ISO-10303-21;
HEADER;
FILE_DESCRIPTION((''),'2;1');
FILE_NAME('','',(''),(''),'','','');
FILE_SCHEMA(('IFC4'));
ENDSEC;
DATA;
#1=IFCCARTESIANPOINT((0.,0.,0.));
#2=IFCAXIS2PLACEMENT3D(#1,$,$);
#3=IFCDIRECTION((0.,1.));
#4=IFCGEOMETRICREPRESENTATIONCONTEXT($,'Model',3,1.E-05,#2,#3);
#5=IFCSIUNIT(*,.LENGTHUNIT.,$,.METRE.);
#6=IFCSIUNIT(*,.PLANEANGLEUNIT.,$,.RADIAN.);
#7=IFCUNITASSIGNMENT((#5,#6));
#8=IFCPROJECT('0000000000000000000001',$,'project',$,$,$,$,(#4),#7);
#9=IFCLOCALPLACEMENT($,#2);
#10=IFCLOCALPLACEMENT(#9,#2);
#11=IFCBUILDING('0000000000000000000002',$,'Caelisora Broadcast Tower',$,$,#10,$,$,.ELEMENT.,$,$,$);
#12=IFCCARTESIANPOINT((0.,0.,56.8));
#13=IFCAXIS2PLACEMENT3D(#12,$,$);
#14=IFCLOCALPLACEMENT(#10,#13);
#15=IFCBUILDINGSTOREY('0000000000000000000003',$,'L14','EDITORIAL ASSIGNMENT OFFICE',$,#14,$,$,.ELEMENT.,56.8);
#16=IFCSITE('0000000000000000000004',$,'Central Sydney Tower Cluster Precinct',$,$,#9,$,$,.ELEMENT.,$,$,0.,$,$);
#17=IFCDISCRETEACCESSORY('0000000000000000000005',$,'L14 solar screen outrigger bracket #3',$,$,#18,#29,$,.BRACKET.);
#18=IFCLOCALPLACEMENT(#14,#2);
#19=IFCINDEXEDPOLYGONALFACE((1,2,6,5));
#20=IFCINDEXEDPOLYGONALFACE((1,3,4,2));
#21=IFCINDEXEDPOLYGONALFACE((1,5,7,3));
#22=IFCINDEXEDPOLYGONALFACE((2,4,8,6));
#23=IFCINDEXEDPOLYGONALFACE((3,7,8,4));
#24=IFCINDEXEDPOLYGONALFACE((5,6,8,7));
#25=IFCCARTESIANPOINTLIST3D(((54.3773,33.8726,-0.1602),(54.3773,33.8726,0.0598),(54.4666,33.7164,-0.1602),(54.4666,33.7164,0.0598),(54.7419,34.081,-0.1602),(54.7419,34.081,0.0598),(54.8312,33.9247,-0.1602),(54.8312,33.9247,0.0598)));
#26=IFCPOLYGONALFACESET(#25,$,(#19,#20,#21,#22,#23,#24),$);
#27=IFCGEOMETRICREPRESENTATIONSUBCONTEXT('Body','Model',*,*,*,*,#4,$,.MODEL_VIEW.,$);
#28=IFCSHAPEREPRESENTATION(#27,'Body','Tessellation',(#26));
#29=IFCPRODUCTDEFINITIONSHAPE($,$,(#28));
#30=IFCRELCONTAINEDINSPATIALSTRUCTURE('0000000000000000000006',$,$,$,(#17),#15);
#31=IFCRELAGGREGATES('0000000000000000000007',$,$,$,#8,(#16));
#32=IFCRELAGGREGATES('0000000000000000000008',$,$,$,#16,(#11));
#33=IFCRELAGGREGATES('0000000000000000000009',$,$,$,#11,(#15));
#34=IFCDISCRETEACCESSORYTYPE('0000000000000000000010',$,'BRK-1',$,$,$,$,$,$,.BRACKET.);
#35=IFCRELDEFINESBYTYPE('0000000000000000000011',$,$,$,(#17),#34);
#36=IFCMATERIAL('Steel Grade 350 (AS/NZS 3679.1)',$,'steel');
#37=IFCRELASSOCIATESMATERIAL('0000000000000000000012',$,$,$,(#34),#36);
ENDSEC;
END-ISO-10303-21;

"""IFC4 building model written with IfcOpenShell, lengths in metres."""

from ifc_helpers import new_model, si_unit, direction, frame, origin, origin_2d, place, context, subcontext, project, spatial, rectangle, extrude, source, transform, mapped, material, type_object, type_shapes, element, save


model = new_model("IFC4")

# Units and contexts
model_context = context("Model", 3, precision=1e-05, world=origin(), true_north=direction((0.0, 1.0)))
body_context = subcontext(model_context, "Body", "Model", "MODEL_VIEW")
ifc_project = project(units=[si_unit("LENGTHUNIT", "METRE"), si_unit("PLANEANGLEUNIT", "RADIAN")], contexts=[model_context])

# Site, building, storey
site_placement = place(None, origin())
site = spatial("IfcSite", under=ifc_project, at=site_placement, Name="Central Sydney Tower Cluster Precinct", CompositionType="ELEMENT", RefElevation=0.0)
building_placement = place(site_placement, origin())
building = spatial("IfcBuilding", under=site, at=building_placement, Name="Caelisora Broadcast Tower", CompositionType="ELEMENT")
storey_placement = place(building_placement, frame((0.0, 0.0, 56.8)))
storey = spatial("IfcBuildingStorey", under=building, at=storey_placement, Name="L14", Description="EDITORIAL ASSIGNMENT OFFICE", CompositionType="ELEMENT", Elevation=56.8)

# Shared definitions
ifc_material_1 = material(Name="Steel Grade 350 (AS/NZS 3679.1)", Category="steel")

# Discrete accessory
discrete_accessory_type = type_object("IfcDiscreteAccessoryType", Name="BRK-1", PredefinedType="BRACKET", material=ifc_material_1)
shared_shape_1 = source(origin(), body_context, "Body", "SweptSolid", [
    extrude(rectangle(XDim=0.1799, YDim=0.4199, at=origin_2d()), origin(), (0.0, 0.0, 1.0), 0.22),
])
type_shapes(discrete_accessory_type, [shared_shape_1])
discrete_accessory_placement = place(storey_placement, frame((54.6042, 33.8987, -0.1602), z_axis=(0.0, 0.0, 1.0), x_axis=(-0.496065, 0.868285, 0.0)))
element("IfcDiscreteAccessory", 1, at=discrete_accessory_placement, inside=storey, type_object=discrete_accessory_type, Name="L14 solar screen outrigger bracket #3", PredefinedType="BRACKET", context=body_context, shape_type="MappedRepresentation", body=[
    mapped(shared_shape_1, transform((0.0, 0.0, 0.0), scale=1.0)),
])

save(model, "model.ifc")
